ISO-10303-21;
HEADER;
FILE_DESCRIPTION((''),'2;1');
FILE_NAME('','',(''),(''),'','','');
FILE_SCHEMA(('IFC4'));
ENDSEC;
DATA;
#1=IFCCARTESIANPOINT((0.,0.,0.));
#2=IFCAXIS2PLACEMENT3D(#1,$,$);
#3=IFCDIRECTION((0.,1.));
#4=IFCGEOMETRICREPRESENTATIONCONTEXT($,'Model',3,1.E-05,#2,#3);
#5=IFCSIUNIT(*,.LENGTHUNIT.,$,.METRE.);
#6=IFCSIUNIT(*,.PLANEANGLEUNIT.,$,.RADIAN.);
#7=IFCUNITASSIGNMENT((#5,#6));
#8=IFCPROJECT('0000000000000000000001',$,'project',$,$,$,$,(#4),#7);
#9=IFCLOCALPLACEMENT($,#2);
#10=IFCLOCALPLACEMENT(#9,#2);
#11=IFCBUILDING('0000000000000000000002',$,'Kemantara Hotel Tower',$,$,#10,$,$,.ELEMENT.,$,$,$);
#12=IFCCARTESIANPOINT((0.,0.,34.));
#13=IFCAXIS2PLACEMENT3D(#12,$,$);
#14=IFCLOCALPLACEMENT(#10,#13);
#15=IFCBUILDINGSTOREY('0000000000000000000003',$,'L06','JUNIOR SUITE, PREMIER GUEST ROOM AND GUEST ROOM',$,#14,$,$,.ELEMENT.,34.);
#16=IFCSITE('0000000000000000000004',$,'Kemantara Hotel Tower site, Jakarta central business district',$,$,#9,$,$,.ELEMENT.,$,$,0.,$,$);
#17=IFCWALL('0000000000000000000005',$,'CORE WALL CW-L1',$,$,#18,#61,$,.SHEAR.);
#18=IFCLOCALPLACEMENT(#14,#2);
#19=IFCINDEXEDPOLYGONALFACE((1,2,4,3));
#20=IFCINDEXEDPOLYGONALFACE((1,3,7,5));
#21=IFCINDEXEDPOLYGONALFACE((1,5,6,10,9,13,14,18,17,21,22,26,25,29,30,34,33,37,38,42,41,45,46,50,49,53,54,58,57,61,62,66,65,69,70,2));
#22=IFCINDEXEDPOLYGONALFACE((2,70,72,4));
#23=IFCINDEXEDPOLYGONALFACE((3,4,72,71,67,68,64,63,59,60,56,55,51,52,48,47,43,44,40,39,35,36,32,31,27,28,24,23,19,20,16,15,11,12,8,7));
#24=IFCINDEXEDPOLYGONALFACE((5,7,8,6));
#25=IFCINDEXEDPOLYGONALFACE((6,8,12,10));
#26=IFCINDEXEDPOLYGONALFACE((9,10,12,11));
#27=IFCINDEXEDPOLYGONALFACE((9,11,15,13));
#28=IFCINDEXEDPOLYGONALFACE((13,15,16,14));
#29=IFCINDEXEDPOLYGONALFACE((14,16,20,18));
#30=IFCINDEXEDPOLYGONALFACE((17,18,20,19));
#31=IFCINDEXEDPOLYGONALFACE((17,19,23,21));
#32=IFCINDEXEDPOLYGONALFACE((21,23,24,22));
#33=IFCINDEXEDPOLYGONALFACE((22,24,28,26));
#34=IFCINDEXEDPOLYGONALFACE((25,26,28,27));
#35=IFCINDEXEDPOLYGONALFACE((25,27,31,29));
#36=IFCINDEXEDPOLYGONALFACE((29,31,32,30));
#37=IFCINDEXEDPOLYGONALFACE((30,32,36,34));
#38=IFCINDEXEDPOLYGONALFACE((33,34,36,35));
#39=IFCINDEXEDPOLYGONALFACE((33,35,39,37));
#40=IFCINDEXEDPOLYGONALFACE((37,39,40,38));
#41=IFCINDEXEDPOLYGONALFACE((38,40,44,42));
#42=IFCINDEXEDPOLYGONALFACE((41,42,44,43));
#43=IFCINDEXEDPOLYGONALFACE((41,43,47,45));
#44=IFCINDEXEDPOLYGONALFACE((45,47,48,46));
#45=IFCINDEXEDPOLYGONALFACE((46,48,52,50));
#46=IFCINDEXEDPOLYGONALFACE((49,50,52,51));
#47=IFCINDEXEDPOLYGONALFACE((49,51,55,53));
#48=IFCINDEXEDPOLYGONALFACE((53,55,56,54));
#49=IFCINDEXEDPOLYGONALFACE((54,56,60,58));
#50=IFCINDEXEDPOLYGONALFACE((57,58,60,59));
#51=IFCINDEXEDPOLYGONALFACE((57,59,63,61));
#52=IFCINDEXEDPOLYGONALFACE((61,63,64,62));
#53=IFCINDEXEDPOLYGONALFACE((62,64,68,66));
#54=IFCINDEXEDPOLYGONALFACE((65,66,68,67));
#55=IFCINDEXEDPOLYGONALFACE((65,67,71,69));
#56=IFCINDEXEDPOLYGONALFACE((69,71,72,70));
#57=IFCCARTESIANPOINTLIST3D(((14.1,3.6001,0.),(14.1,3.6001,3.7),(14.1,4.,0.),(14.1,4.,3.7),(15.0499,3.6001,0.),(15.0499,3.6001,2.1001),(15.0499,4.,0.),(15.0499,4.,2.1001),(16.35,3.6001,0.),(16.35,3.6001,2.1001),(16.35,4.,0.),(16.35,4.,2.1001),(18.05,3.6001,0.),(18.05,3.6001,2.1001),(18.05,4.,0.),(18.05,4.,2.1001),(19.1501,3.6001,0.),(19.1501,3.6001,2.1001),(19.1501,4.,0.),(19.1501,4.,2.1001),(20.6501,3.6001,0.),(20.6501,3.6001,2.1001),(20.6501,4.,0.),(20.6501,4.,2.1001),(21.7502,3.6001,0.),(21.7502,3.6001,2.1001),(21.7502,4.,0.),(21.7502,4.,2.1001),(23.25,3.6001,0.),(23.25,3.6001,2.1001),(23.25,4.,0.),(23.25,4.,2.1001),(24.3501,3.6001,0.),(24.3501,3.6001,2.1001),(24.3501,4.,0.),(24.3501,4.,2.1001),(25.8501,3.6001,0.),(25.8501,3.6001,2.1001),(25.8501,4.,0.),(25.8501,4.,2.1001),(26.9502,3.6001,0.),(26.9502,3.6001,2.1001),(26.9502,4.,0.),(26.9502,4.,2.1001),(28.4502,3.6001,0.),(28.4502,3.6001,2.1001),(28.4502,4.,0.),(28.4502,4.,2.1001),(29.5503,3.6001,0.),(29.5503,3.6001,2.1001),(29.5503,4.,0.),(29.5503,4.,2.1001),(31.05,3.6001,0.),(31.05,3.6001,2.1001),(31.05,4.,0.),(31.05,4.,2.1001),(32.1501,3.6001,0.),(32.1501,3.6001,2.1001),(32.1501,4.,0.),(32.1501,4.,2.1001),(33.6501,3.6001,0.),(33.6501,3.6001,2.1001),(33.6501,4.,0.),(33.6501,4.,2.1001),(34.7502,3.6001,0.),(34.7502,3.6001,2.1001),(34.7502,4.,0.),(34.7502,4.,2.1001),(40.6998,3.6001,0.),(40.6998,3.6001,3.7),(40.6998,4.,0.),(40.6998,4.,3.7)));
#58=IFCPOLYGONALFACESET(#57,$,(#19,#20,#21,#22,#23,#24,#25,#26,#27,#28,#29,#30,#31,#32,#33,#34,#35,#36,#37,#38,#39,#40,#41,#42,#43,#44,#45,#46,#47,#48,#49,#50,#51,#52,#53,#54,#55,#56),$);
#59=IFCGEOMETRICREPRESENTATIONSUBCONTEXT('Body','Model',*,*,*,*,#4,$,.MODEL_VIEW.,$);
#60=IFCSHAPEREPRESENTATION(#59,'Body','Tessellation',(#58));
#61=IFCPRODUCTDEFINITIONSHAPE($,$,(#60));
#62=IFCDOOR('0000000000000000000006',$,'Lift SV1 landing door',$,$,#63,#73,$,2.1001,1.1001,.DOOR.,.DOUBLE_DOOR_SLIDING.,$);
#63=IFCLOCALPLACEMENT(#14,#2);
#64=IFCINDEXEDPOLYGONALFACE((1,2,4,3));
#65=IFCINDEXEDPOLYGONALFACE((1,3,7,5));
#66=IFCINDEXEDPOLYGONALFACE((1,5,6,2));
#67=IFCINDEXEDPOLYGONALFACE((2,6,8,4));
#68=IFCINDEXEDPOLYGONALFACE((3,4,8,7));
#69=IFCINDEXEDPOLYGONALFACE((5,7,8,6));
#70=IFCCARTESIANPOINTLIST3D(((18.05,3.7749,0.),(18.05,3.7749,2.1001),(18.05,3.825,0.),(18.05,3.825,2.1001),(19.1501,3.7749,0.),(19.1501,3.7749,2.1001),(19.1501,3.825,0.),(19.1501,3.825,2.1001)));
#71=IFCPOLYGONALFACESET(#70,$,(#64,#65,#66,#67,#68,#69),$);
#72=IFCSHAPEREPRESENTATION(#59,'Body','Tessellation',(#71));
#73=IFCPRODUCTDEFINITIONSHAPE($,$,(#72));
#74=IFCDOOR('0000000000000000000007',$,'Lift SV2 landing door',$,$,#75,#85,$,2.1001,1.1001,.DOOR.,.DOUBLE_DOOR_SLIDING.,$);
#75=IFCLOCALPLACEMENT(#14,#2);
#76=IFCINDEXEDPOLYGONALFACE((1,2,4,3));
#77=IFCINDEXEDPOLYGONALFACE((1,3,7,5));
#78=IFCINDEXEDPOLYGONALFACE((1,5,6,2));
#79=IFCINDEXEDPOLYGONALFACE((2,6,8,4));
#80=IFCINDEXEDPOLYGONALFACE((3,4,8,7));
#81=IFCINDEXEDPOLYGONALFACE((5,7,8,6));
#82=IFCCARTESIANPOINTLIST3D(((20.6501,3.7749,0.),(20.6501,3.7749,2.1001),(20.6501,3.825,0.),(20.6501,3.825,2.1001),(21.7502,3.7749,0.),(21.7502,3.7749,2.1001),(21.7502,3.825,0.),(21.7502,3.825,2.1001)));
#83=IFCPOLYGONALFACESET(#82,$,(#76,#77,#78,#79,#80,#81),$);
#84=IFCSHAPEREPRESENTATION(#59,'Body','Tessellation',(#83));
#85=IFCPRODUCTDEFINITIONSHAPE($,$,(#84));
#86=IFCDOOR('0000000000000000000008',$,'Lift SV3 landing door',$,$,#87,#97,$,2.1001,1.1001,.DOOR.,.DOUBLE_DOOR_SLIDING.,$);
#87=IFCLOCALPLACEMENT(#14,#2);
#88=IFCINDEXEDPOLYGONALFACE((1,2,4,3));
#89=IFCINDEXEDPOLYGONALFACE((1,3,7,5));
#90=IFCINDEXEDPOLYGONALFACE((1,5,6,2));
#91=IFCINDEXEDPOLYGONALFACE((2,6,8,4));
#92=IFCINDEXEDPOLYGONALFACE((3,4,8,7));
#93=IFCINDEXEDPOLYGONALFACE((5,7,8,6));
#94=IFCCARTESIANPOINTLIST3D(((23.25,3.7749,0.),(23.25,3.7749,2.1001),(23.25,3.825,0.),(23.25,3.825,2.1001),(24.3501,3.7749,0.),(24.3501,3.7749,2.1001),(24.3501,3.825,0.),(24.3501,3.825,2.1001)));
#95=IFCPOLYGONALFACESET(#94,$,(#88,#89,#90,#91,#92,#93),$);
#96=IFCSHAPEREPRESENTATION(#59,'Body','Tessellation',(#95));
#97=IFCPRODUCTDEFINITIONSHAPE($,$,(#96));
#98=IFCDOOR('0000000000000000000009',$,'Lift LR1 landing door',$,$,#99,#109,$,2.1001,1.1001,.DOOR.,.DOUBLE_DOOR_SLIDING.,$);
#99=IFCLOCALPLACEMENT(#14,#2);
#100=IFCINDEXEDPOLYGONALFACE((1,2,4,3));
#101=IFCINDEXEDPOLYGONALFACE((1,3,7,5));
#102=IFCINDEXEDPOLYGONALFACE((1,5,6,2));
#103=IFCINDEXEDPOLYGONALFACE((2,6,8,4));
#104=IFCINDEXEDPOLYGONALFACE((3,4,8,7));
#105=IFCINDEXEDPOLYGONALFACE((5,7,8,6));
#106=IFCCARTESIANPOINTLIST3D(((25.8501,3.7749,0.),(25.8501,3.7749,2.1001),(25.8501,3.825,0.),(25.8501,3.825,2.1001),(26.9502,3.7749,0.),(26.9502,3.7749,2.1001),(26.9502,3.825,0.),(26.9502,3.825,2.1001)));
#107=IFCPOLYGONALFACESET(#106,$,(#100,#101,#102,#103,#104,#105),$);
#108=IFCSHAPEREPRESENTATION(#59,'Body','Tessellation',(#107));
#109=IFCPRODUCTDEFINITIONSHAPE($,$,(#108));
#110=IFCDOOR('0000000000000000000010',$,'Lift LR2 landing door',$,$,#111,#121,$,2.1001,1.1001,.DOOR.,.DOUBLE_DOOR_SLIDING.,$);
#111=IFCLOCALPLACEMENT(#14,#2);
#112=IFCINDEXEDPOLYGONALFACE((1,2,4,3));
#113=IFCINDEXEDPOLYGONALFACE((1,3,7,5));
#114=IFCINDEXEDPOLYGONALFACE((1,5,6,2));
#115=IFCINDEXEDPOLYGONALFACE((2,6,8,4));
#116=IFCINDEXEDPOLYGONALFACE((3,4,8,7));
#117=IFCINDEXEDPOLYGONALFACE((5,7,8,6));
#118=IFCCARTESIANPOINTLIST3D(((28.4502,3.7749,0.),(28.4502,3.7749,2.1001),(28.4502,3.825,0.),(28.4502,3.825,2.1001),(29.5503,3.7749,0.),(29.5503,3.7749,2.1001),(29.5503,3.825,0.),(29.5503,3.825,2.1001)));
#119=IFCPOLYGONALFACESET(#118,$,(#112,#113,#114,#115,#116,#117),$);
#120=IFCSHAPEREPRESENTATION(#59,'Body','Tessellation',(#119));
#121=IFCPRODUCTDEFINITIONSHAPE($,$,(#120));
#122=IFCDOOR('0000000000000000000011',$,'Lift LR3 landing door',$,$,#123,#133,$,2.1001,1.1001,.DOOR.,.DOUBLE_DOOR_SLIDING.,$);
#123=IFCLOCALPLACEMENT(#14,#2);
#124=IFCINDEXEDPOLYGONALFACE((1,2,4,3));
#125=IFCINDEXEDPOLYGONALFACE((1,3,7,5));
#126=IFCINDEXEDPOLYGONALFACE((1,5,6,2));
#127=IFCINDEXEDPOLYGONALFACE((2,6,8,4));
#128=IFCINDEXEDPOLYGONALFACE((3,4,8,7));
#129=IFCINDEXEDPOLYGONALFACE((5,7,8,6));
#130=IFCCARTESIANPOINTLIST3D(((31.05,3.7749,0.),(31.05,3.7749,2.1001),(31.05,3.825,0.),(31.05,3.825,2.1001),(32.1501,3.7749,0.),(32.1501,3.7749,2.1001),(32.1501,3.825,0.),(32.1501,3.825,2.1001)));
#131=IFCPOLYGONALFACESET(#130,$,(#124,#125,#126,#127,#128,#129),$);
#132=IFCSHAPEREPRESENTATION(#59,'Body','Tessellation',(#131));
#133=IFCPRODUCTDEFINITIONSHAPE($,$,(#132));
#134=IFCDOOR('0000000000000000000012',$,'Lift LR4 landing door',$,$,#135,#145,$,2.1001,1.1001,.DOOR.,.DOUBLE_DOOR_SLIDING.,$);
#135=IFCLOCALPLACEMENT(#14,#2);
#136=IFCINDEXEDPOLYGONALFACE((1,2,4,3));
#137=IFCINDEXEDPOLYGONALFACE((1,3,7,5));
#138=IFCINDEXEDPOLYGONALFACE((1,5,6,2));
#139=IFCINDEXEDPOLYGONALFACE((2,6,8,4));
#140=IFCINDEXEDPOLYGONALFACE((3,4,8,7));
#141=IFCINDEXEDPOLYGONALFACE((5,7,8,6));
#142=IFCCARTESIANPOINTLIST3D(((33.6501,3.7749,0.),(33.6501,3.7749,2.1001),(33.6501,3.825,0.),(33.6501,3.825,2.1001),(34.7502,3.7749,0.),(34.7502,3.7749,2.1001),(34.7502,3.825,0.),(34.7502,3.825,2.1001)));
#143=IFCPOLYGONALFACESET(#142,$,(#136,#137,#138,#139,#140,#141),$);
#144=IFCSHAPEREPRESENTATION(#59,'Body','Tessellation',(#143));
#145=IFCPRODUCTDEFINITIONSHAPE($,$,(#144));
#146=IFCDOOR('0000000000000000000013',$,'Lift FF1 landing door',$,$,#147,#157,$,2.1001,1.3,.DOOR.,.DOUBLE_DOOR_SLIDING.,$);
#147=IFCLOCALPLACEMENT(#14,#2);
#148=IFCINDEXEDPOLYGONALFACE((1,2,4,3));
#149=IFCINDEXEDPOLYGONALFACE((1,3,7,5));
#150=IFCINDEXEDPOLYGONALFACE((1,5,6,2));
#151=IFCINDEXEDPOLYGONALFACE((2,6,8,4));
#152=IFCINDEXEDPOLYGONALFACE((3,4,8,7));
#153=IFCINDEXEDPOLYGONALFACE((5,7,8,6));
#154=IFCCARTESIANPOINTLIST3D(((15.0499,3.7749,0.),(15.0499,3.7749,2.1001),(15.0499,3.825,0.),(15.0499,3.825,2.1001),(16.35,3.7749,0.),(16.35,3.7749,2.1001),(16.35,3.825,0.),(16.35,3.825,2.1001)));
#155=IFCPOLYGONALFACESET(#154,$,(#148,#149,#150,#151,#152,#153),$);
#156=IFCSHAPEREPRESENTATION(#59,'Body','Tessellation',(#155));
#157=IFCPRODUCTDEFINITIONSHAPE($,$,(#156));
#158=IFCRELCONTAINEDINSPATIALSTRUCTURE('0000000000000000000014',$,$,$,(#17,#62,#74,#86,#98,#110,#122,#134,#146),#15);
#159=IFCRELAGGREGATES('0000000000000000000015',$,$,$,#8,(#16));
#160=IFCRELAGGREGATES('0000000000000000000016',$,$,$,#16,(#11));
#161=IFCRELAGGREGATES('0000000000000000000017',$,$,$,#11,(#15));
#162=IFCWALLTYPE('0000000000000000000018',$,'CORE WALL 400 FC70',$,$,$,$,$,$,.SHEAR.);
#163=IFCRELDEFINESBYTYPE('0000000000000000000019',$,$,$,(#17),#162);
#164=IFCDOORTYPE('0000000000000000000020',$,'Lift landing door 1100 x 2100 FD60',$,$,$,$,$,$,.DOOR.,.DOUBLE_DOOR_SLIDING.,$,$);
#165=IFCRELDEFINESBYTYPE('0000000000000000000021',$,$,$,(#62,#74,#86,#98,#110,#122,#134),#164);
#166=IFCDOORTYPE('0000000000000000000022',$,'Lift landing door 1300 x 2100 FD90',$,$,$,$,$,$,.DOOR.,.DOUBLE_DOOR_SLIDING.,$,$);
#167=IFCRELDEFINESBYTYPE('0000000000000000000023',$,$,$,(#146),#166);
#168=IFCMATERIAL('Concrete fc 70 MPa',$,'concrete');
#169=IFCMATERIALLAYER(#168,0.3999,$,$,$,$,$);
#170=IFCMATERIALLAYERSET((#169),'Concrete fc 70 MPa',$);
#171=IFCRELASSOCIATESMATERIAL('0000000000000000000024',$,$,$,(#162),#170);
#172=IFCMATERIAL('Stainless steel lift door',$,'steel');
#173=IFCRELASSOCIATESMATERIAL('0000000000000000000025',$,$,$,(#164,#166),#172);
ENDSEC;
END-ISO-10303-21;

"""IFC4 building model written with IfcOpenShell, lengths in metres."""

from ifc_helpers import new_model, si_unit, direction, frame, frame_2d, origin, place, context, subcontext, project, spatial, rectangle, extrude, material, layer, layer_set, type_object, element, fill, save


model = new_model("IFC4")

# Units and contexts
model_context = context("Model", 3, precision=1e-05, world=origin(), true_north=direction((0.0, 1.0)))
body_context = subcontext(model_context, "Body", "Model", "MODEL_VIEW")
ifc_project = project(units=[si_unit("LENGTHUNIT", "METRE"), si_unit("PLANEANGLEUNIT", "RADIAN")], contexts=[model_context])

# Site, building, storey
site_placement = place(None, origin())
site = spatial("IfcSite", under=ifc_project, at=site_placement, Name="Kemantara Hotel Tower site, Jakarta central business district", CompositionType="ELEMENT", RefElevation=0.0)
building_placement = place(site_placement, origin())
building = spatial("IfcBuilding", under=site, at=building_placement, Name="Kemantara Hotel Tower", CompositionType="ELEMENT")
storey_placement = place(building_placement, frame((0.0, 0.0, 34.0)))
storey = spatial("IfcBuildingStorey", under=building, at=storey_placement, Name="L06", Description="JUNIOR SUITE, PREMIER GUEST ROOM AND GUEST ROOM", CompositionType="ELEMENT", Elevation=34.0)

# Shared definitions
ifc_material_1 = material(Name="Concrete fc 70 MPa", Category="concrete")

# Wall, openings, doors
ifc_layer_1 = layer(ifc_material_1, 0.3999)
ifc_layer_set_1 = layer_set([ifc_layer_1], Name="Concrete fc 70 MPa")
wall_type_1 = type_object("IfcWallType", Name="CORE WALL 400 FC70", PredefinedType="SHEAR", material=ifc_layer_set_1)
wall_1_placement = place(storey_placement, frame((14.1001, 3.8, 0.0), z_axis=(0.0, 0.0, 1.0), x_axis=(1.0, 0.0, 0.0)))
wall_1 = element("IfcWall", 1, at=wall_1_placement, inside=storey, type_object=wall_type_1, Name="CORE WALL CW-L1", PredefinedType="SHEAR", context=body_context, shape_type="SweptSolid", body=[
    extrude(rectangle(XDim=26.5999, YDim=0.3999, at=frame_2d((13.2998, 0.0))), origin(), (0.0, 0.0, 1.0), 3.7),
])
opening_1_placement = place(wall_1_placement, frame((0.95, 0.0, 0.0)))
opening_1 = element("IfcOpeningElement", 2, at=opening_1_placement, cuts=wall_1, PredefinedType="OPENING", context=body_context, shape_type="SweptSolid", body=[
    extrude(rectangle(XDim=1.3, YDim=2.1001, at=frame_2d((0.6499, 1.05))), frame((0.0, 0.21, 0.0), z_axis=(0.0, -1.0, 0.0), x_axis=(1.0, 0.0, 0.0)), (0.0, 0.0, 1.0), 0.4199),
])
opening_2_placement = place(wall_1_placement, frame((3.95, 0.0, 0.0)))
opening_2 = element("IfcOpeningElement", 3, at=opening_2_placement, cuts=wall_1, PredefinedType="OPENING", context=body_context, shape_type="SweptSolid", body=[
    extrude(rectangle(XDim=1.1001, YDim=2.1001, at=frame_2d((0.55, 1.05))), frame((0.0, 0.21, 0.0), z_axis=(0.0, -1.0, 0.0), x_axis=(1.0, 0.0, 0.0)), (0.0, 0.0, 1.0), 0.4199),
])
opening_3_placement = place(wall_1_placement, frame((6.55, 0.0, 0.0)))
opening_3 = element("IfcOpeningElement", 4, at=opening_3_placement, cuts=wall_1, PredefinedType="OPENING", context=body_context, shape_type="SweptSolid", body=[
    extrude(rectangle(XDim=1.1001, YDim=2.1001, at=frame_2d((0.55, 1.05))), frame((0.0, 0.21, 0.0), z_axis=(0.0, -1.0, 0.0), x_axis=(1.0, 0.0, 0.0)), (0.0, 0.0, 1.0), 0.4199),
])
opening_4_placement = place(wall_1_placement, frame((9.1499, 0.0, 0.0)))
opening_4 = element("IfcOpeningElement", 5, at=opening_4_placement, cuts=wall_1, PredefinedType="OPENING", context=body_context, shape_type="SweptSolid", body=[
    extrude(rectangle(XDim=1.1001, YDim=2.1001, at=frame_2d((0.55, 1.05))), frame((0.0, 0.21, 0.0), z_axis=(0.0, -1.0, 0.0), x_axis=(1.0, 0.0, 0.0)), (0.0, 0.0, 1.0), 0.4199),
])
opening_5_placement = place(wall_1_placement, frame((11.75, 0.0, 0.0)))
opening_5 = element("IfcOpeningElement", 6, at=opening_5_placement, cuts=wall_1, PredefinedType="OPENING", context=body_context, shape_type="SweptSolid", body=[
    extrude(rectangle(XDim=1.1001, YDim=2.1001, at=frame_2d((0.55, 1.05))), frame((0.0, 0.21, 0.0), z_axis=(0.0, -1.0, 0.0), x_axis=(1.0, 0.0, 0.0)), (0.0, 0.0, 1.0), 0.4199),
])
opening_6_placement = place(wall_1_placement, frame((14.3501, 0.0, 0.0)))
opening_6 = element("IfcOpeningElement", 7, at=opening_6_placement, cuts=wall_1, PredefinedType="OPENING", context=body_context, shape_type="SweptSolid", body=[
    extrude(rectangle(XDim=1.1001, YDim=2.1001, at=frame_2d((0.55, 1.05))), frame((0.0, 0.21, 0.0), z_axis=(0.0, -1.0, 0.0), x_axis=(1.0, 0.0, 0.0)), (0.0, 0.0, 1.0), 0.4199),
])
opening_7_placement = place(wall_1_placement, frame((16.95, 0.0, 0.0)))
opening_7 = element("IfcOpeningElement", 8, at=opening_7_placement, cuts=wall_1, PredefinedType="OPENING", context=body_context, shape_type="SweptSolid", body=[
    extrude(rectangle(XDim=1.1001, YDim=2.1001, at=frame_2d((0.55, 1.05))), frame((0.0, 0.21, 0.0), z_axis=(0.0, -1.0, 0.0), x_axis=(1.0, 0.0, 0.0)), (0.0, 0.0, 1.0), 0.4199),
])
opening_8_placement = place(wall_1_placement, frame((19.55, 0.0, 0.0)))
opening_8 = element("IfcOpeningElement", 9, at=opening_8_placement, cuts=wall_1, PredefinedType="OPENING", context=body_context, shape_type="SweptSolid", body=[
    extrude(rectangle(XDim=1.1001, YDim=2.1001, at=frame_2d((0.55, 1.05))), frame((0.0, 0.21, 0.0), z_axis=(0.0, -1.0, 0.0), x_axis=(1.0, 0.0, 0.0)), (0.0, 0.0, 1.0), 0.4199),
])
ifc_material_2 = material(Name="Stainless steel lift door", Category="steel")
door_type_1 = type_object("IfcDoorType", Name="Lift landing door 1100 x 2100 FD60", OperationType="DOUBLE_DOOR_SLIDING", PredefinedType="DOOR", material=ifc_material_2)
door_1_placement = place(opening_2_placement, origin())
door_1 = element("IfcDoor", 10, at=door_1_placement, inside=storey, type_object=door_type_1, Name="Lift SV1 landing door", OperationType="DOUBLE_DOOR_SLIDING", OverallHeight=2.1001, OverallWidth=1.1001, PredefinedType="DOOR", context=body_context, shape_type="SweptSolid", body=[
    extrude(rectangle(XDim=1.1001, YDim=2.1001, at=frame_2d((0.55, 1.05))), frame((0.0, 0.0249, 0.0), z_axis=(0.0, -1.0, 0.0), x_axis=(1.0, 0.0, 0.0)), (0.0, 0.0, 1.0), 0.05),
])
fill(opening_2, door_1)
door_2_placement = place(opening_3_placement, origin())
door_2 = element("IfcDoor", 11, at=door_2_placement, inside=storey, type_object=door_type_1, Name="Lift SV2 landing door", OperationType="DOUBLE_DOOR_SLIDING", OverallHeight=2.1001, OverallWidth=1.1001, PredefinedType="DOOR", context=body_context, shape_type="SweptSolid", body=[
    extrude(rectangle(XDim=1.1001, YDim=2.1001, at=frame_2d((0.55, 1.05))), frame((0.0, 0.0249, 0.0), z_axis=(0.0, -1.0, 0.0), x_axis=(1.0, 0.0, 0.0)), (0.0, 0.0, 1.0), 0.05),
])
fill(opening_3, door_2)
door_3_placement = place(opening_4_placement, origin())
door_3 = element("IfcDoor", 12, at=door_3_placement, inside=storey, type_object=door_type_1, Name="Lift SV3 landing door", OperationType="DOUBLE_DOOR_SLIDING", OverallHeight=2.1001, OverallWidth=1.1001, PredefinedType="DOOR", context=body_context, shape_type="SweptSolid", body=[
    extrude(rectangle(XDim=1.1001, YDim=2.1001, at=frame_2d((0.55, 1.05))), frame((0.0, 0.0249, 0.0), z_axis=(0.0, -1.0, 0.0), x_axis=(1.0, 0.0, 0.0)), (0.0, 0.0, 1.0), 0.05),
])
fill(opening_4, door_3)
door_4_placement = place(opening_5_placement, origin())
door_4 = element("IfcDoor", 13, at=door_4_placement, inside=storey, type_object=door_type_1, Name="Lift LR1 landing door", OperationType="DOUBLE_DOOR_SLIDING", OverallHeight=2.1001, OverallWidth=1.1001, PredefinedType="DOOR", context=body_context, shape_type="SweptSolid", body=[
    extrude(rectangle(XDim=1.1001, YDim=2.1001, at=frame_2d((0.55, 1.05))), frame((0.0, 0.0249, 0.0), z_axis=(0.0, -1.0, 0.0), x_axis=(1.0, 0.0, 0.0)), (0.0, 0.0, 1.0), 0.05),
])
fill(opening_5, door_4)
door_5_placement = place(opening_6_placement, origin())
door_5 = element("IfcDoor", 14, at=door_5_placement, inside=storey, type_object=door_type_1, Name="Lift LR2 landing door", OperationType="DOUBLE_DOOR_SLIDING", OverallHeight=2.1001, OverallWidth=1.1001, PredefinedType="DOOR", context=body_context, shape_type="SweptSolid", body=[
    extrude(rectangle(XDim=1.1001, YDim=2.1001, at=frame_2d((0.55, 1.05))), frame((0.0, 0.0249, 0.0), z_axis=(0.0, -1.0, 0.0), x_axis=(1.0, 0.0, 0.0)), (0.0, 0.0, 1.0), 0.05),
])
fill(opening_6, door_5)
door_6_placement = place(opening_7_placement, origin())
door_6 = element("IfcDoor", 15, at=door_6_placement, inside=storey, type_object=door_type_1, Name="Lift LR3 landing door", OperationType="DOUBLE_DOOR_SLIDING", OverallHeight=2.1001, OverallWidth=1.1001, PredefinedType="DOOR", context=body_context, shape_type="SweptSolid", body=[
    extrude(rectangle(XDim=1.1001, YDim=2.1001, at=frame_2d((0.55, 1.05))), frame((0.0, 0.0249, 0.0), z_axis=(0.0, -1.0, 0.0), x_axis=(1.0, 0.0, 0.0)), (0.0, 0.0, 1.0), 0.05),
])
fill(opening_7, door_6)
door_7_placement = place(opening_8_placement, origin())
door_7 = element("IfcDoor", 16, at=door_7_placement, inside=storey, type_object=door_type_1, Name="Lift LR4 landing door", OperationType="DOUBLE_DOOR_SLIDING", OverallHeight=2.1001, OverallWidth=1.1001, PredefinedType="DOOR", context=body_context, shape_type="SweptSolid", body=[
    extrude(rectangle(XDim=1.1001, YDim=2.1001, at=frame_2d((0.55, 1.05))), frame((0.0, 0.0249, 0.0), z_axis=(0.0, -1.0, 0.0), x_axis=(1.0, 0.0, 0.0)), (0.0, 0.0, 1.0), 0.05),
])
fill(opening_8, door_7)
door_type_2 = type_object("IfcDoorType", Name="Lift landing door 1300 x 2100 FD90", OperationType="DOUBLE_DOOR_SLIDING", PredefinedType="DOOR", material=ifc_material_2)
door_8_placement = place(opening_1_placement, origin())
door_8 = element("IfcDoor", 17, at=door_8_placement, inside=storey, type_object=door_type_2, Name="Lift FF1 landing door", OperationType="DOUBLE_DOOR_SLIDING", OverallHeight=2.1001, OverallWidth=1.3, PredefinedType="DOOR", context=body_context, shape_type="SweptSolid", body=[
    extrude(rectangle(XDim=1.3, YDim=2.1001, at=frame_2d((0.6499, 1.05))), frame((0.0, 0.0249, 0.0), z_axis=(0.0, -1.0, 0.0), x_axis=(1.0, 0.0, 0.0)), (0.0, 0.0, 1.0), 0.05),
])
fill(opening_1, door_8)

save(model, "model.ifc")
